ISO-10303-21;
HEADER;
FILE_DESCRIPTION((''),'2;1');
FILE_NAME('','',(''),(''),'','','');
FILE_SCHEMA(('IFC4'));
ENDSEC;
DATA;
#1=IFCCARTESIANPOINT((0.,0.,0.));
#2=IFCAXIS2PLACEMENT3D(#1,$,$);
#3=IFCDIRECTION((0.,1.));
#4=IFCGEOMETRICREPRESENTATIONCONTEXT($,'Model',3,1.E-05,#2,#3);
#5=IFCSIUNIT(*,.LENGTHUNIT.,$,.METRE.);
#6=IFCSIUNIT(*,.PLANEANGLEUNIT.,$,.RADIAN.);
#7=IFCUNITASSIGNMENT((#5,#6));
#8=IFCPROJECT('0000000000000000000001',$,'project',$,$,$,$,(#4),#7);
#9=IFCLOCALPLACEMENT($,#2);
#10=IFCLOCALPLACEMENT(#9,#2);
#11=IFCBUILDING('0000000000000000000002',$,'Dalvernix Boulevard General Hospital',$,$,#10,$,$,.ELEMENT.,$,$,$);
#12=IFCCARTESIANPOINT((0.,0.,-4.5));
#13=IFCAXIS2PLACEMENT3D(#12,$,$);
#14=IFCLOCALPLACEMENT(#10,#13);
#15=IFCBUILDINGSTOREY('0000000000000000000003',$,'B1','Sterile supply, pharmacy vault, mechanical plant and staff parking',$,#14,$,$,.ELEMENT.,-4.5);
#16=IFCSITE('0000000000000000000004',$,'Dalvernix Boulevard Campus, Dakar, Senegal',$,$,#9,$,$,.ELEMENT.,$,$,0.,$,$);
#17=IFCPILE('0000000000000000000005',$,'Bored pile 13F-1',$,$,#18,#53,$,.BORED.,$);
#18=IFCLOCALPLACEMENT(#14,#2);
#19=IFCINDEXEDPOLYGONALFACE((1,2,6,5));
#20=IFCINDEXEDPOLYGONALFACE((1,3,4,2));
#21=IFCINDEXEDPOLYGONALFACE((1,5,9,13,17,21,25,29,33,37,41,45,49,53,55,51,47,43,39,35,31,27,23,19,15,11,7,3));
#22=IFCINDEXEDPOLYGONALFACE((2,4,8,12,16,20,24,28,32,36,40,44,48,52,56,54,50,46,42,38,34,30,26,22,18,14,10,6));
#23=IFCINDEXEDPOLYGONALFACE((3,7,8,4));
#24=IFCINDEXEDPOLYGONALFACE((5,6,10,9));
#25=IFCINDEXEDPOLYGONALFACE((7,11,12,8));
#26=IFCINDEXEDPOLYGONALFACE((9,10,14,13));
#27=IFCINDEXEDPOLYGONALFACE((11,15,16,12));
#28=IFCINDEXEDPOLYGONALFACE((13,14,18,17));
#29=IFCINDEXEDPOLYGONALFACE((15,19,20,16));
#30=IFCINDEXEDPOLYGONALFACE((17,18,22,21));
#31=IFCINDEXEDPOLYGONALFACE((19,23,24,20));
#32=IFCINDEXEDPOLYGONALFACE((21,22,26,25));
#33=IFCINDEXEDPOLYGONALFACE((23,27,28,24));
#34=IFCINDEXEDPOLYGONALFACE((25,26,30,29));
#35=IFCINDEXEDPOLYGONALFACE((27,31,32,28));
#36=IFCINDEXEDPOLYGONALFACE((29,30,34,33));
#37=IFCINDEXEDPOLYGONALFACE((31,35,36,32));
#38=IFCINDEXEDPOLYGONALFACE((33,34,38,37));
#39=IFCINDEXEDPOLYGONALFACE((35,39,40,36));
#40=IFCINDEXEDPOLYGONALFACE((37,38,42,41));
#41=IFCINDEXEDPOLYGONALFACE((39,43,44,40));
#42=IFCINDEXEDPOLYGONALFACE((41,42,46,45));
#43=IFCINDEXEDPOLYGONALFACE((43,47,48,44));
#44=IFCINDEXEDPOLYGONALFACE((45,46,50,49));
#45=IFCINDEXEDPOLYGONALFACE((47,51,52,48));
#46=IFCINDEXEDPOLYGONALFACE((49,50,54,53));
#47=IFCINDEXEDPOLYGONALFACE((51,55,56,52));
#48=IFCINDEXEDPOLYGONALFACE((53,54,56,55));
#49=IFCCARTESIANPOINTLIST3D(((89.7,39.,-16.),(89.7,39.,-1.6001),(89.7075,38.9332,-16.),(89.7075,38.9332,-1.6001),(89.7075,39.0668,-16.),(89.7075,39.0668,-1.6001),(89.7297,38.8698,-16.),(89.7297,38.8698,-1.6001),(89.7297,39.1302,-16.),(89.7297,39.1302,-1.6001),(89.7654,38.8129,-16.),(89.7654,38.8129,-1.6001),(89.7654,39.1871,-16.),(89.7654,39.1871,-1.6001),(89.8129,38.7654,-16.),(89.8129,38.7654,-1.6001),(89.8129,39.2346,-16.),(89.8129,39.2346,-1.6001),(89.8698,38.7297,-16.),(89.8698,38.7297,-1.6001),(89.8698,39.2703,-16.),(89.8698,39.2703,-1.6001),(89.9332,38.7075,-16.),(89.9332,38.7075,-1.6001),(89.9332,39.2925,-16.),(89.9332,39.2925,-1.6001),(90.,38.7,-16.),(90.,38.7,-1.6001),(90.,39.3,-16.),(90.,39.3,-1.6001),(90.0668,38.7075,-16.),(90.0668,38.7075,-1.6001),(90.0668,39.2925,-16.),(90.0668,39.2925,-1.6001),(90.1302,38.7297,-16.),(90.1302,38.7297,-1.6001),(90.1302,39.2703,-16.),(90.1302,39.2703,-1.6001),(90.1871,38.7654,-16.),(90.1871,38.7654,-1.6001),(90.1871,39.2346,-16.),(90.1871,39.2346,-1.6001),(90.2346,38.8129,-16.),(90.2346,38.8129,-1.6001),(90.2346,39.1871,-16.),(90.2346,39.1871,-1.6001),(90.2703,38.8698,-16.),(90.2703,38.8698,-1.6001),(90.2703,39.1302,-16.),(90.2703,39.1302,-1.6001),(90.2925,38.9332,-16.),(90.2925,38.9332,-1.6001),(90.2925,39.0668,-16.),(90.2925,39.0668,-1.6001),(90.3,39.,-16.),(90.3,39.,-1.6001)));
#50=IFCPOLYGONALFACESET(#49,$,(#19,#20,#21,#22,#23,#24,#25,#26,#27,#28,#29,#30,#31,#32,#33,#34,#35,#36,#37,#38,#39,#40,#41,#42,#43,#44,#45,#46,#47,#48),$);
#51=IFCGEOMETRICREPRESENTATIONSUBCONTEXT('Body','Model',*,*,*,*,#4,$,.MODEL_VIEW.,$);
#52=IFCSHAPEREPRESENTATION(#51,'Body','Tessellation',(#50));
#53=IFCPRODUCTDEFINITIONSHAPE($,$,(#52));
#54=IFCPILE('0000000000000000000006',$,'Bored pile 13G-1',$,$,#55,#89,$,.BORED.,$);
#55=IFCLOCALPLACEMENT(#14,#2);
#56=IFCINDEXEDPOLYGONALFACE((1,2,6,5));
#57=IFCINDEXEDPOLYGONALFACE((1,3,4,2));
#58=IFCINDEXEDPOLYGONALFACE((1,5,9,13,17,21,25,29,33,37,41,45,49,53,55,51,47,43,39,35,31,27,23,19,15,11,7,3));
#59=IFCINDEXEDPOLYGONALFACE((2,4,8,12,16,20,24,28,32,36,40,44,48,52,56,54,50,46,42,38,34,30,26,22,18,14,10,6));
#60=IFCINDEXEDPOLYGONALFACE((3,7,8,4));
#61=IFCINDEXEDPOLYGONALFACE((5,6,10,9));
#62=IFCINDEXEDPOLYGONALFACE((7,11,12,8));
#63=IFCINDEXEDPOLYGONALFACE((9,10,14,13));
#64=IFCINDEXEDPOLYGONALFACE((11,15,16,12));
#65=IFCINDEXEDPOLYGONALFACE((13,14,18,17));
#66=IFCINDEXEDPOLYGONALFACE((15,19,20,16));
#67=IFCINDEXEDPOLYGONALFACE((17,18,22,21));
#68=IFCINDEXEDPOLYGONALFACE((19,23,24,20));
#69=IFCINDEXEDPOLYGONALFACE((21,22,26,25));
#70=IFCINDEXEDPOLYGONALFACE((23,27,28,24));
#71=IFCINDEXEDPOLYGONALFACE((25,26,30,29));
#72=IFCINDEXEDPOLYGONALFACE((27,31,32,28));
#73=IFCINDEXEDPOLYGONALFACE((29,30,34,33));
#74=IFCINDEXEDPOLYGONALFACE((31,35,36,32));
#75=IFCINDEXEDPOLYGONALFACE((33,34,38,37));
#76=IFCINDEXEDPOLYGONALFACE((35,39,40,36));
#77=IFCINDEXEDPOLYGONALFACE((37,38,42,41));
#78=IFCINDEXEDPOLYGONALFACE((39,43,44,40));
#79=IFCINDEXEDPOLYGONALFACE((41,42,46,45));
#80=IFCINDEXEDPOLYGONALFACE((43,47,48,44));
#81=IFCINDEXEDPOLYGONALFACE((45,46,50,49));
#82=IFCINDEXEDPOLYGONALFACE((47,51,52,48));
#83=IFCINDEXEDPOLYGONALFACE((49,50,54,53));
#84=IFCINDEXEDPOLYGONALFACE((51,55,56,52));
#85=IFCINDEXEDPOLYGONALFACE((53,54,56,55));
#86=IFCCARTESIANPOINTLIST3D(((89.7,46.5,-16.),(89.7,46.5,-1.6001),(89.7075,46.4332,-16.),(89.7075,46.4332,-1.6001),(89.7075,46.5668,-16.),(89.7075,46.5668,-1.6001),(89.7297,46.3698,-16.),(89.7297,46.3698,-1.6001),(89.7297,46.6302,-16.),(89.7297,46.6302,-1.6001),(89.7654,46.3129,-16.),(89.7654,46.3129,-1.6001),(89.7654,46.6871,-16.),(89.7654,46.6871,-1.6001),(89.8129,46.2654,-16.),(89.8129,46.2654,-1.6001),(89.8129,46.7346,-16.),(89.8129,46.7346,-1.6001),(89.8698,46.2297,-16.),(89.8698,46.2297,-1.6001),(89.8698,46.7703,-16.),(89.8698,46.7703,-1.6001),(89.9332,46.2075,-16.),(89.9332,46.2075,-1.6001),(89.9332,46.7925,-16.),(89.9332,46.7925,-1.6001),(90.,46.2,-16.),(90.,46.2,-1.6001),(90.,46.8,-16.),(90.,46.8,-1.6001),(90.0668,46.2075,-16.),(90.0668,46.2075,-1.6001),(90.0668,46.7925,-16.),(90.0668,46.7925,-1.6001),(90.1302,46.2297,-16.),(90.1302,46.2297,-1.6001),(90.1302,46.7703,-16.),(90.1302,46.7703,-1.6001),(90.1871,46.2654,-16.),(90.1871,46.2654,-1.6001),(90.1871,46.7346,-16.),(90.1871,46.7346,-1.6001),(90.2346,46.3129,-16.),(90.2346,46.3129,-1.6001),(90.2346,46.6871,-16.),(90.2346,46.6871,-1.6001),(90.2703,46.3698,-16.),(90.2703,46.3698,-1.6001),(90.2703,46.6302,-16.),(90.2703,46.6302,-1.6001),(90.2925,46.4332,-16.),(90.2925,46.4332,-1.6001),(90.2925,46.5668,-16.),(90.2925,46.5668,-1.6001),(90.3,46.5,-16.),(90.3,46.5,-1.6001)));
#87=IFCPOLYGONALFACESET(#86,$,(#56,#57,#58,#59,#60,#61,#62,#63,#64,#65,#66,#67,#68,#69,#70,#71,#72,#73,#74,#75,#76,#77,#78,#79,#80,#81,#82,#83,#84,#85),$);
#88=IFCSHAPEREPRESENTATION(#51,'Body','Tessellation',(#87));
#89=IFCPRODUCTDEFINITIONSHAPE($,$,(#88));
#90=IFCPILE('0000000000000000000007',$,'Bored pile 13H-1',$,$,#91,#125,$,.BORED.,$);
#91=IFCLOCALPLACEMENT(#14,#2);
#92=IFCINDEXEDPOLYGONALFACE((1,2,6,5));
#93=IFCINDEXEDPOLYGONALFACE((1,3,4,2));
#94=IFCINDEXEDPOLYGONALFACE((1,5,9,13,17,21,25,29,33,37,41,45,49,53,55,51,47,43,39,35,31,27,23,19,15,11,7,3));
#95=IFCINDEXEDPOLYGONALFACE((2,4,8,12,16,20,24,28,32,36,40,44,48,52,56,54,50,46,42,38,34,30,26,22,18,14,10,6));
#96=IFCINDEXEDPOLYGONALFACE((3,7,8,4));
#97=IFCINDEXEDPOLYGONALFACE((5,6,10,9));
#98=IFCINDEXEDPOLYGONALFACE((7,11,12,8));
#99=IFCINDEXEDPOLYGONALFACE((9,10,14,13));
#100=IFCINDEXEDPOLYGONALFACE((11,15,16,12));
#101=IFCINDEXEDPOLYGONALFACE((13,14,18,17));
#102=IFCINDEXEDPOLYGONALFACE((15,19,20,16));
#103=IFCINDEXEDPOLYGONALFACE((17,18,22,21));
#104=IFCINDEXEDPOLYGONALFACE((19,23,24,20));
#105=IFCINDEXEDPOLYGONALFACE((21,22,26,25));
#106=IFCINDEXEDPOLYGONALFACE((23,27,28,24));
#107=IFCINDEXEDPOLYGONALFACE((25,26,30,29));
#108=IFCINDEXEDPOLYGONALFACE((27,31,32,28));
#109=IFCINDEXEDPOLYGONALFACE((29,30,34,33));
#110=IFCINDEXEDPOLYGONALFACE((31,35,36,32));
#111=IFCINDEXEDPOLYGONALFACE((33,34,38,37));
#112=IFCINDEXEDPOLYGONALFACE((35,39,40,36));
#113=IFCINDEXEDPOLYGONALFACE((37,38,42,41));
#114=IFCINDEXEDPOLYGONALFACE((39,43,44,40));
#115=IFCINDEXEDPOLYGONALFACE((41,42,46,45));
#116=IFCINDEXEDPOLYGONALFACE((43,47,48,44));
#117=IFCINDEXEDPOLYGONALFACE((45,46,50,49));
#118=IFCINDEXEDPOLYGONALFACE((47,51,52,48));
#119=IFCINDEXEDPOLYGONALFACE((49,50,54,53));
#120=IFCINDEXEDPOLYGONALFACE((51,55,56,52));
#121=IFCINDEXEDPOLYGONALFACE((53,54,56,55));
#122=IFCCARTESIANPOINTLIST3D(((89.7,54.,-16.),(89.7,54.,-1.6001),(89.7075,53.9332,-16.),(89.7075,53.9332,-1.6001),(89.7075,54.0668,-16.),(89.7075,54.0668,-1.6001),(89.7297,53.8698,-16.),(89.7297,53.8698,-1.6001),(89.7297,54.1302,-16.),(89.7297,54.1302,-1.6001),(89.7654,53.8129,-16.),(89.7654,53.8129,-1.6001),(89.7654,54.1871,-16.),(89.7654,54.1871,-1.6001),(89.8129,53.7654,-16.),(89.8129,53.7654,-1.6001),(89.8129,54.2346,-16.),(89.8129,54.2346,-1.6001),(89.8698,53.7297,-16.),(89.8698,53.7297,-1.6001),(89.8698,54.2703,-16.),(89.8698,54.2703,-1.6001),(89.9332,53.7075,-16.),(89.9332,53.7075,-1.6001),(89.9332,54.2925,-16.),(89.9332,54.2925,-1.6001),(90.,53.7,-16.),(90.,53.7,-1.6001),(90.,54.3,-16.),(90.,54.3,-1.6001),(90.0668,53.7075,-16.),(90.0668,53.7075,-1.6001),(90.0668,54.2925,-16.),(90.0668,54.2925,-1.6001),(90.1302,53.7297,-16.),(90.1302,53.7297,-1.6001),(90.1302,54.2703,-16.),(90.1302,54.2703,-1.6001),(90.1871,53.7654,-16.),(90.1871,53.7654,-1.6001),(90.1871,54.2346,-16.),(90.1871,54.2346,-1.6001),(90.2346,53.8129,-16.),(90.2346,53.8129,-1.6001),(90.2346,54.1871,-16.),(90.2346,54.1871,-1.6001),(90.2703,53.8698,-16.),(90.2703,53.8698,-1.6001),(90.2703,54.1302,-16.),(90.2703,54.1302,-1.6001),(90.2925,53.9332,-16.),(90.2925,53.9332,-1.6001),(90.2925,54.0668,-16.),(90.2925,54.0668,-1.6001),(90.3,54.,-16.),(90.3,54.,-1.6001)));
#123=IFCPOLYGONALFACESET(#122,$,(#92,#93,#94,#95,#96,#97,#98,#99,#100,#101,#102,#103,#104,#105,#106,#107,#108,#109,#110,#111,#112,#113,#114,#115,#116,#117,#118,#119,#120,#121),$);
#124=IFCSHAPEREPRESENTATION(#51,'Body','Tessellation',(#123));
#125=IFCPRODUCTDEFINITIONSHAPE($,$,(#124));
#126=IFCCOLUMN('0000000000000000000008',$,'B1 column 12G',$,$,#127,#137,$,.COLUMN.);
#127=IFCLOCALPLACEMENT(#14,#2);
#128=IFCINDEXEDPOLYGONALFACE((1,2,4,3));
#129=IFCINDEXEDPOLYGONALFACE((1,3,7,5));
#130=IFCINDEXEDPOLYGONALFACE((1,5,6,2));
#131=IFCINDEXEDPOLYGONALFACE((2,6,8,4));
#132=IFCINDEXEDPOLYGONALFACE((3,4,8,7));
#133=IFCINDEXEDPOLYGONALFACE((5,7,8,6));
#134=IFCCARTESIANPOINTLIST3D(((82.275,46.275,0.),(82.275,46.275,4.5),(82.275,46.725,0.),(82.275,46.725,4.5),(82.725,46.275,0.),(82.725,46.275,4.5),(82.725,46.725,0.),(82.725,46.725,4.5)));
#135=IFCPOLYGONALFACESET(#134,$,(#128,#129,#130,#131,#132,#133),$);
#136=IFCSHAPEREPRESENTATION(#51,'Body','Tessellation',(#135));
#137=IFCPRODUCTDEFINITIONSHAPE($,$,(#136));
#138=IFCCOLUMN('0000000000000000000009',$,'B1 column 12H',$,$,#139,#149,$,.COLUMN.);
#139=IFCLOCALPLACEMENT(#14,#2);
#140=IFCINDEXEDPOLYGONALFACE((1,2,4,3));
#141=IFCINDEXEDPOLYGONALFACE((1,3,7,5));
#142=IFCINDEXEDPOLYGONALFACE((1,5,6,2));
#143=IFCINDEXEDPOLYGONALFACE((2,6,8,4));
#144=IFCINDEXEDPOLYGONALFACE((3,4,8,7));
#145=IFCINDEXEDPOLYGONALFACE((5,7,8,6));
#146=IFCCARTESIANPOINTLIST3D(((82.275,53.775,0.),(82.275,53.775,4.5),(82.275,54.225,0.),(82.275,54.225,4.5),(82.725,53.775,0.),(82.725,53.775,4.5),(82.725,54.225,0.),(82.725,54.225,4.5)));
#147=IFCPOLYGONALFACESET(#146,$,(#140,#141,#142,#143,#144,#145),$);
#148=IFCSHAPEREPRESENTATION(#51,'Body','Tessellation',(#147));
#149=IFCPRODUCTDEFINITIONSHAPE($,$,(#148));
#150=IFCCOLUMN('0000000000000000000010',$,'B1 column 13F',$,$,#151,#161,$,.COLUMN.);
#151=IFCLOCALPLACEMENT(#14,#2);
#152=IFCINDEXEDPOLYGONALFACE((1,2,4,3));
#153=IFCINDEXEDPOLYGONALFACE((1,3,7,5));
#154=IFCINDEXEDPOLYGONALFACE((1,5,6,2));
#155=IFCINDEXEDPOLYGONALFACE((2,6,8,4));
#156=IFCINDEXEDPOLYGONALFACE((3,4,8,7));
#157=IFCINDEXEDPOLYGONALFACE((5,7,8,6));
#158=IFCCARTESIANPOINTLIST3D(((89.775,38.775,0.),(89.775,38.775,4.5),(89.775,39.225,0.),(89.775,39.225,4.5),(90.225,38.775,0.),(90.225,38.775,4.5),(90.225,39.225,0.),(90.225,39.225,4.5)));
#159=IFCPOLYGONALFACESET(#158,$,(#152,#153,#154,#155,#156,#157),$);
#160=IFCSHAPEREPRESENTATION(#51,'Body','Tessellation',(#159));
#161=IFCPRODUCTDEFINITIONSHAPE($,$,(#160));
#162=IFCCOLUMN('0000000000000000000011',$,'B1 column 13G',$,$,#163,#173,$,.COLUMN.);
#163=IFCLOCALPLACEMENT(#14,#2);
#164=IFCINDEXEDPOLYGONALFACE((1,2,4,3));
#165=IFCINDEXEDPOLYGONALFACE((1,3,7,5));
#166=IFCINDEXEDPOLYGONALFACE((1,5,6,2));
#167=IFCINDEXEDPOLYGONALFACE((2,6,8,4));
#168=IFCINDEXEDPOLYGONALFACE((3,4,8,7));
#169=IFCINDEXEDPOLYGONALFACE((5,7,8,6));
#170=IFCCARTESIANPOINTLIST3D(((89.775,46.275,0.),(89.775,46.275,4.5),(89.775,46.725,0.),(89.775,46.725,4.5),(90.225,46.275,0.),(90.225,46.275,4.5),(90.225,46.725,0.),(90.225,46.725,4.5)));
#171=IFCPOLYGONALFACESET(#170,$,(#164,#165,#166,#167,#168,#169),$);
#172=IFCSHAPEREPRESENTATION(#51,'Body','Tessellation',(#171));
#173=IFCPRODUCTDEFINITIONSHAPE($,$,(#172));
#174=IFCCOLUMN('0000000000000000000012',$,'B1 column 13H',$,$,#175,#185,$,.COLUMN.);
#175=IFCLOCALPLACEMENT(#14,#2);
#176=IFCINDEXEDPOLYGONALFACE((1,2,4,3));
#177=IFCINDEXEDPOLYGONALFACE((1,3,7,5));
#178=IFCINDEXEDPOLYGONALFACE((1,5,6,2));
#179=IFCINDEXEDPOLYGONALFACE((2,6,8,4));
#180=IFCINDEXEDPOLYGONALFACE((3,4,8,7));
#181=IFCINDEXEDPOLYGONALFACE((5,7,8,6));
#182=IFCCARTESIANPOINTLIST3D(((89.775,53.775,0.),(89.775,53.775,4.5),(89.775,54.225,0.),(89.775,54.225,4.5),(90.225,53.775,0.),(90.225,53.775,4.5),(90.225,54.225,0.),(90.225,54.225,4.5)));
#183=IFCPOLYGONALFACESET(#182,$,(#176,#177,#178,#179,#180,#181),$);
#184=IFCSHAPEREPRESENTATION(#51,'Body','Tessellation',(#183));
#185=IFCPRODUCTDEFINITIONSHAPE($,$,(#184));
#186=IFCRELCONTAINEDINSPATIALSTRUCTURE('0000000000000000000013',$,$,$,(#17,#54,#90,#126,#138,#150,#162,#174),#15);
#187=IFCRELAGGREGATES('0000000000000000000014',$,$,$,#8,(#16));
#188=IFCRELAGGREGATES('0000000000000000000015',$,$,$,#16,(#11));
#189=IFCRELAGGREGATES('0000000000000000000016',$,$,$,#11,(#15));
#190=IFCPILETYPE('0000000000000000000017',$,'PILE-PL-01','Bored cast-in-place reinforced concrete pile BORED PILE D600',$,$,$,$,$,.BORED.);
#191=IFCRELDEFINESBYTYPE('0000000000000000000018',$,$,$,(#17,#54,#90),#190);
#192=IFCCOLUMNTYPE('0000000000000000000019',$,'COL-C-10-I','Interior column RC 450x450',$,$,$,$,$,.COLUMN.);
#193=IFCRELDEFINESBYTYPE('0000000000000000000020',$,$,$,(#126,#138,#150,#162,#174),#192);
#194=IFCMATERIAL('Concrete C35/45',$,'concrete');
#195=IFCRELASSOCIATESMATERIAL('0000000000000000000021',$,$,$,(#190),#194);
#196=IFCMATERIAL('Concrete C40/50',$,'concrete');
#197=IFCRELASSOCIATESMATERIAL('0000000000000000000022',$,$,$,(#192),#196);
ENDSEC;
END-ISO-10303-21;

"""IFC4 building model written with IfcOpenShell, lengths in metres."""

from ifc_helpers import new_model, si_unit, direction, frame, origin, origin_2d, place, context, subcontext, project, spatial, rectangle, circle, extrude, material, material_profile, profile_set, type_object, element, save


model = new_model("IFC4")

# Units and contexts
model_context = context("Model", 3, precision=1e-05, world=origin(), true_north=direction((0.0, 1.0)))
body_context = subcontext(model_context, "Body", "Model", "MODEL_VIEW")
ifc_project = project(units=[si_unit("LENGTHUNIT", "METRE"), si_unit("PLANEANGLEUNIT", "RADIAN")], contexts=[model_context])

# Site, building, storey
site_placement = place(None, origin())
site = spatial("IfcSite", under=ifc_project, at=site_placement, Name="Dalvernix Boulevard Campus, Dakar, Senegal", CompositionType="ELEMENT", RefElevation=0.0)
building_placement = place(site_placement, origin())
building = spatial("IfcBuilding", under=site, at=building_placement, Name="Dalvernix Boulevard General Hospital", CompositionType="ELEMENT")
storey_placement = place(building_placement, frame((0.0, 0.0, -4.5)))
storey = spatial("IfcBuildingStorey", under=building, at=storey_placement, Name="B1", Description="Sterile supply, pharmacy vault, mechanical plant and staff parking", CompositionType="ELEMENT", Elevation=-4.5)

# Shared definitions
ifc_material_1 = material(Name="Concrete C35/45", Category="concrete")
ifc_material_2 = material(Name="Concrete C40/50", Category="concrete")

# Piles
ifc_material_profile_1 = material_profile(ifc_material_1, circle(Radius=0.3, at=origin_2d()), Name="BORED PILE D600")
ifc_profile_set_1 = profile_set([ifc_material_profile_1], Name="Concrete C35/45")
pile_type = type_object("IfcPileType", Name="PILE-PL-01", Description="Bored cast-in-place reinforced concrete pile BORED PILE D600", PredefinedType="BORED", material=ifc_profile_set_1)
for number, where, z_axis, x_axis, name in (
    (1, (90.0, 39.0, -1.6001), (0.0, 0.0, -1.0), (1.0, 0.0, 0.0), "Bored pile 13F-1"),
    (2, (90.0, 46.5, -1.6001), (0.0, 0.0, -1.0), (1.0, 0.0, 0.0), "Bored pile 13G-1"),
    (3, (90.0, 54.0, -1.6001), (0.0, 0.0, -1.0), (1.0, 0.0, 0.0), "Bored pile 13H-1"),
):
    element("IfcPile", number, at=place(storey_placement, frame(where, z_axis=z_axis, x_axis=x_axis)), inside=storey, type_object=pile_type, Name=name, PredefinedType="BORED", context=body_context, shape_type="SweptSolid", body=[
        extrude(circle(Radius=0.3, at=origin_2d()), origin(), (0.0, 0.0, 1.0), 14.3999),
    ])

# Columns
ifc_material_profile_2 = material_profile(ifc_material_2, rectangle(XDim=0.45, YDim=0.45, at=origin_2d()), Name="RC 450x450")
ifc_profile_set_2 = profile_set([ifc_material_profile_2], Name="Concrete C40/50")
column_type = type_object("IfcColumnType", Name="COL-C-10-I", Description="Interior column RC 450x450", PredefinedType="COLUMN", material=ifc_profile_set_2)
for number, where, z_axis, x_axis, name in (
    (4, (82.5, 46.5, 0.0), (0.0, 0.0, 1.0), (1.0, 0.0, 0.0), "B1 column 12G"),
    (5, (82.5, 54.0, 0.0), (0.0, 0.0, 1.0), (1.0, 0.0, 0.0), "B1 column 12H"),
    (6, (90.0, 39.0, 0.0), (0.0, 0.0, 1.0), (1.0, 0.0, 0.0), "B1 column 13F"),
    (7, (90.0, 46.5, 0.0), (0.0, 0.0, 1.0), (1.0, 0.0, 0.0), "B1 column 13G"),
    (8, (90.0, 54.0, 0.0), (0.0, 0.0, 1.0), (1.0, 0.0, 0.0), "B1 column 13H"),
):
    element("IfcColumn", number, at=place(storey_placement, frame(where, z_axis=z_axis, x_axis=x_axis)), inside=storey, type_object=column_type, Name=name, PredefinedType="COLUMN", context=body_context, shape_type="SweptSolid", body=[
        extrude(rectangle(XDim=0.45, YDim=0.45, at=origin_2d()), origin(), (0.0, 0.0, 1.0), 4.5),
    ])

save(model, "model.ifc")
